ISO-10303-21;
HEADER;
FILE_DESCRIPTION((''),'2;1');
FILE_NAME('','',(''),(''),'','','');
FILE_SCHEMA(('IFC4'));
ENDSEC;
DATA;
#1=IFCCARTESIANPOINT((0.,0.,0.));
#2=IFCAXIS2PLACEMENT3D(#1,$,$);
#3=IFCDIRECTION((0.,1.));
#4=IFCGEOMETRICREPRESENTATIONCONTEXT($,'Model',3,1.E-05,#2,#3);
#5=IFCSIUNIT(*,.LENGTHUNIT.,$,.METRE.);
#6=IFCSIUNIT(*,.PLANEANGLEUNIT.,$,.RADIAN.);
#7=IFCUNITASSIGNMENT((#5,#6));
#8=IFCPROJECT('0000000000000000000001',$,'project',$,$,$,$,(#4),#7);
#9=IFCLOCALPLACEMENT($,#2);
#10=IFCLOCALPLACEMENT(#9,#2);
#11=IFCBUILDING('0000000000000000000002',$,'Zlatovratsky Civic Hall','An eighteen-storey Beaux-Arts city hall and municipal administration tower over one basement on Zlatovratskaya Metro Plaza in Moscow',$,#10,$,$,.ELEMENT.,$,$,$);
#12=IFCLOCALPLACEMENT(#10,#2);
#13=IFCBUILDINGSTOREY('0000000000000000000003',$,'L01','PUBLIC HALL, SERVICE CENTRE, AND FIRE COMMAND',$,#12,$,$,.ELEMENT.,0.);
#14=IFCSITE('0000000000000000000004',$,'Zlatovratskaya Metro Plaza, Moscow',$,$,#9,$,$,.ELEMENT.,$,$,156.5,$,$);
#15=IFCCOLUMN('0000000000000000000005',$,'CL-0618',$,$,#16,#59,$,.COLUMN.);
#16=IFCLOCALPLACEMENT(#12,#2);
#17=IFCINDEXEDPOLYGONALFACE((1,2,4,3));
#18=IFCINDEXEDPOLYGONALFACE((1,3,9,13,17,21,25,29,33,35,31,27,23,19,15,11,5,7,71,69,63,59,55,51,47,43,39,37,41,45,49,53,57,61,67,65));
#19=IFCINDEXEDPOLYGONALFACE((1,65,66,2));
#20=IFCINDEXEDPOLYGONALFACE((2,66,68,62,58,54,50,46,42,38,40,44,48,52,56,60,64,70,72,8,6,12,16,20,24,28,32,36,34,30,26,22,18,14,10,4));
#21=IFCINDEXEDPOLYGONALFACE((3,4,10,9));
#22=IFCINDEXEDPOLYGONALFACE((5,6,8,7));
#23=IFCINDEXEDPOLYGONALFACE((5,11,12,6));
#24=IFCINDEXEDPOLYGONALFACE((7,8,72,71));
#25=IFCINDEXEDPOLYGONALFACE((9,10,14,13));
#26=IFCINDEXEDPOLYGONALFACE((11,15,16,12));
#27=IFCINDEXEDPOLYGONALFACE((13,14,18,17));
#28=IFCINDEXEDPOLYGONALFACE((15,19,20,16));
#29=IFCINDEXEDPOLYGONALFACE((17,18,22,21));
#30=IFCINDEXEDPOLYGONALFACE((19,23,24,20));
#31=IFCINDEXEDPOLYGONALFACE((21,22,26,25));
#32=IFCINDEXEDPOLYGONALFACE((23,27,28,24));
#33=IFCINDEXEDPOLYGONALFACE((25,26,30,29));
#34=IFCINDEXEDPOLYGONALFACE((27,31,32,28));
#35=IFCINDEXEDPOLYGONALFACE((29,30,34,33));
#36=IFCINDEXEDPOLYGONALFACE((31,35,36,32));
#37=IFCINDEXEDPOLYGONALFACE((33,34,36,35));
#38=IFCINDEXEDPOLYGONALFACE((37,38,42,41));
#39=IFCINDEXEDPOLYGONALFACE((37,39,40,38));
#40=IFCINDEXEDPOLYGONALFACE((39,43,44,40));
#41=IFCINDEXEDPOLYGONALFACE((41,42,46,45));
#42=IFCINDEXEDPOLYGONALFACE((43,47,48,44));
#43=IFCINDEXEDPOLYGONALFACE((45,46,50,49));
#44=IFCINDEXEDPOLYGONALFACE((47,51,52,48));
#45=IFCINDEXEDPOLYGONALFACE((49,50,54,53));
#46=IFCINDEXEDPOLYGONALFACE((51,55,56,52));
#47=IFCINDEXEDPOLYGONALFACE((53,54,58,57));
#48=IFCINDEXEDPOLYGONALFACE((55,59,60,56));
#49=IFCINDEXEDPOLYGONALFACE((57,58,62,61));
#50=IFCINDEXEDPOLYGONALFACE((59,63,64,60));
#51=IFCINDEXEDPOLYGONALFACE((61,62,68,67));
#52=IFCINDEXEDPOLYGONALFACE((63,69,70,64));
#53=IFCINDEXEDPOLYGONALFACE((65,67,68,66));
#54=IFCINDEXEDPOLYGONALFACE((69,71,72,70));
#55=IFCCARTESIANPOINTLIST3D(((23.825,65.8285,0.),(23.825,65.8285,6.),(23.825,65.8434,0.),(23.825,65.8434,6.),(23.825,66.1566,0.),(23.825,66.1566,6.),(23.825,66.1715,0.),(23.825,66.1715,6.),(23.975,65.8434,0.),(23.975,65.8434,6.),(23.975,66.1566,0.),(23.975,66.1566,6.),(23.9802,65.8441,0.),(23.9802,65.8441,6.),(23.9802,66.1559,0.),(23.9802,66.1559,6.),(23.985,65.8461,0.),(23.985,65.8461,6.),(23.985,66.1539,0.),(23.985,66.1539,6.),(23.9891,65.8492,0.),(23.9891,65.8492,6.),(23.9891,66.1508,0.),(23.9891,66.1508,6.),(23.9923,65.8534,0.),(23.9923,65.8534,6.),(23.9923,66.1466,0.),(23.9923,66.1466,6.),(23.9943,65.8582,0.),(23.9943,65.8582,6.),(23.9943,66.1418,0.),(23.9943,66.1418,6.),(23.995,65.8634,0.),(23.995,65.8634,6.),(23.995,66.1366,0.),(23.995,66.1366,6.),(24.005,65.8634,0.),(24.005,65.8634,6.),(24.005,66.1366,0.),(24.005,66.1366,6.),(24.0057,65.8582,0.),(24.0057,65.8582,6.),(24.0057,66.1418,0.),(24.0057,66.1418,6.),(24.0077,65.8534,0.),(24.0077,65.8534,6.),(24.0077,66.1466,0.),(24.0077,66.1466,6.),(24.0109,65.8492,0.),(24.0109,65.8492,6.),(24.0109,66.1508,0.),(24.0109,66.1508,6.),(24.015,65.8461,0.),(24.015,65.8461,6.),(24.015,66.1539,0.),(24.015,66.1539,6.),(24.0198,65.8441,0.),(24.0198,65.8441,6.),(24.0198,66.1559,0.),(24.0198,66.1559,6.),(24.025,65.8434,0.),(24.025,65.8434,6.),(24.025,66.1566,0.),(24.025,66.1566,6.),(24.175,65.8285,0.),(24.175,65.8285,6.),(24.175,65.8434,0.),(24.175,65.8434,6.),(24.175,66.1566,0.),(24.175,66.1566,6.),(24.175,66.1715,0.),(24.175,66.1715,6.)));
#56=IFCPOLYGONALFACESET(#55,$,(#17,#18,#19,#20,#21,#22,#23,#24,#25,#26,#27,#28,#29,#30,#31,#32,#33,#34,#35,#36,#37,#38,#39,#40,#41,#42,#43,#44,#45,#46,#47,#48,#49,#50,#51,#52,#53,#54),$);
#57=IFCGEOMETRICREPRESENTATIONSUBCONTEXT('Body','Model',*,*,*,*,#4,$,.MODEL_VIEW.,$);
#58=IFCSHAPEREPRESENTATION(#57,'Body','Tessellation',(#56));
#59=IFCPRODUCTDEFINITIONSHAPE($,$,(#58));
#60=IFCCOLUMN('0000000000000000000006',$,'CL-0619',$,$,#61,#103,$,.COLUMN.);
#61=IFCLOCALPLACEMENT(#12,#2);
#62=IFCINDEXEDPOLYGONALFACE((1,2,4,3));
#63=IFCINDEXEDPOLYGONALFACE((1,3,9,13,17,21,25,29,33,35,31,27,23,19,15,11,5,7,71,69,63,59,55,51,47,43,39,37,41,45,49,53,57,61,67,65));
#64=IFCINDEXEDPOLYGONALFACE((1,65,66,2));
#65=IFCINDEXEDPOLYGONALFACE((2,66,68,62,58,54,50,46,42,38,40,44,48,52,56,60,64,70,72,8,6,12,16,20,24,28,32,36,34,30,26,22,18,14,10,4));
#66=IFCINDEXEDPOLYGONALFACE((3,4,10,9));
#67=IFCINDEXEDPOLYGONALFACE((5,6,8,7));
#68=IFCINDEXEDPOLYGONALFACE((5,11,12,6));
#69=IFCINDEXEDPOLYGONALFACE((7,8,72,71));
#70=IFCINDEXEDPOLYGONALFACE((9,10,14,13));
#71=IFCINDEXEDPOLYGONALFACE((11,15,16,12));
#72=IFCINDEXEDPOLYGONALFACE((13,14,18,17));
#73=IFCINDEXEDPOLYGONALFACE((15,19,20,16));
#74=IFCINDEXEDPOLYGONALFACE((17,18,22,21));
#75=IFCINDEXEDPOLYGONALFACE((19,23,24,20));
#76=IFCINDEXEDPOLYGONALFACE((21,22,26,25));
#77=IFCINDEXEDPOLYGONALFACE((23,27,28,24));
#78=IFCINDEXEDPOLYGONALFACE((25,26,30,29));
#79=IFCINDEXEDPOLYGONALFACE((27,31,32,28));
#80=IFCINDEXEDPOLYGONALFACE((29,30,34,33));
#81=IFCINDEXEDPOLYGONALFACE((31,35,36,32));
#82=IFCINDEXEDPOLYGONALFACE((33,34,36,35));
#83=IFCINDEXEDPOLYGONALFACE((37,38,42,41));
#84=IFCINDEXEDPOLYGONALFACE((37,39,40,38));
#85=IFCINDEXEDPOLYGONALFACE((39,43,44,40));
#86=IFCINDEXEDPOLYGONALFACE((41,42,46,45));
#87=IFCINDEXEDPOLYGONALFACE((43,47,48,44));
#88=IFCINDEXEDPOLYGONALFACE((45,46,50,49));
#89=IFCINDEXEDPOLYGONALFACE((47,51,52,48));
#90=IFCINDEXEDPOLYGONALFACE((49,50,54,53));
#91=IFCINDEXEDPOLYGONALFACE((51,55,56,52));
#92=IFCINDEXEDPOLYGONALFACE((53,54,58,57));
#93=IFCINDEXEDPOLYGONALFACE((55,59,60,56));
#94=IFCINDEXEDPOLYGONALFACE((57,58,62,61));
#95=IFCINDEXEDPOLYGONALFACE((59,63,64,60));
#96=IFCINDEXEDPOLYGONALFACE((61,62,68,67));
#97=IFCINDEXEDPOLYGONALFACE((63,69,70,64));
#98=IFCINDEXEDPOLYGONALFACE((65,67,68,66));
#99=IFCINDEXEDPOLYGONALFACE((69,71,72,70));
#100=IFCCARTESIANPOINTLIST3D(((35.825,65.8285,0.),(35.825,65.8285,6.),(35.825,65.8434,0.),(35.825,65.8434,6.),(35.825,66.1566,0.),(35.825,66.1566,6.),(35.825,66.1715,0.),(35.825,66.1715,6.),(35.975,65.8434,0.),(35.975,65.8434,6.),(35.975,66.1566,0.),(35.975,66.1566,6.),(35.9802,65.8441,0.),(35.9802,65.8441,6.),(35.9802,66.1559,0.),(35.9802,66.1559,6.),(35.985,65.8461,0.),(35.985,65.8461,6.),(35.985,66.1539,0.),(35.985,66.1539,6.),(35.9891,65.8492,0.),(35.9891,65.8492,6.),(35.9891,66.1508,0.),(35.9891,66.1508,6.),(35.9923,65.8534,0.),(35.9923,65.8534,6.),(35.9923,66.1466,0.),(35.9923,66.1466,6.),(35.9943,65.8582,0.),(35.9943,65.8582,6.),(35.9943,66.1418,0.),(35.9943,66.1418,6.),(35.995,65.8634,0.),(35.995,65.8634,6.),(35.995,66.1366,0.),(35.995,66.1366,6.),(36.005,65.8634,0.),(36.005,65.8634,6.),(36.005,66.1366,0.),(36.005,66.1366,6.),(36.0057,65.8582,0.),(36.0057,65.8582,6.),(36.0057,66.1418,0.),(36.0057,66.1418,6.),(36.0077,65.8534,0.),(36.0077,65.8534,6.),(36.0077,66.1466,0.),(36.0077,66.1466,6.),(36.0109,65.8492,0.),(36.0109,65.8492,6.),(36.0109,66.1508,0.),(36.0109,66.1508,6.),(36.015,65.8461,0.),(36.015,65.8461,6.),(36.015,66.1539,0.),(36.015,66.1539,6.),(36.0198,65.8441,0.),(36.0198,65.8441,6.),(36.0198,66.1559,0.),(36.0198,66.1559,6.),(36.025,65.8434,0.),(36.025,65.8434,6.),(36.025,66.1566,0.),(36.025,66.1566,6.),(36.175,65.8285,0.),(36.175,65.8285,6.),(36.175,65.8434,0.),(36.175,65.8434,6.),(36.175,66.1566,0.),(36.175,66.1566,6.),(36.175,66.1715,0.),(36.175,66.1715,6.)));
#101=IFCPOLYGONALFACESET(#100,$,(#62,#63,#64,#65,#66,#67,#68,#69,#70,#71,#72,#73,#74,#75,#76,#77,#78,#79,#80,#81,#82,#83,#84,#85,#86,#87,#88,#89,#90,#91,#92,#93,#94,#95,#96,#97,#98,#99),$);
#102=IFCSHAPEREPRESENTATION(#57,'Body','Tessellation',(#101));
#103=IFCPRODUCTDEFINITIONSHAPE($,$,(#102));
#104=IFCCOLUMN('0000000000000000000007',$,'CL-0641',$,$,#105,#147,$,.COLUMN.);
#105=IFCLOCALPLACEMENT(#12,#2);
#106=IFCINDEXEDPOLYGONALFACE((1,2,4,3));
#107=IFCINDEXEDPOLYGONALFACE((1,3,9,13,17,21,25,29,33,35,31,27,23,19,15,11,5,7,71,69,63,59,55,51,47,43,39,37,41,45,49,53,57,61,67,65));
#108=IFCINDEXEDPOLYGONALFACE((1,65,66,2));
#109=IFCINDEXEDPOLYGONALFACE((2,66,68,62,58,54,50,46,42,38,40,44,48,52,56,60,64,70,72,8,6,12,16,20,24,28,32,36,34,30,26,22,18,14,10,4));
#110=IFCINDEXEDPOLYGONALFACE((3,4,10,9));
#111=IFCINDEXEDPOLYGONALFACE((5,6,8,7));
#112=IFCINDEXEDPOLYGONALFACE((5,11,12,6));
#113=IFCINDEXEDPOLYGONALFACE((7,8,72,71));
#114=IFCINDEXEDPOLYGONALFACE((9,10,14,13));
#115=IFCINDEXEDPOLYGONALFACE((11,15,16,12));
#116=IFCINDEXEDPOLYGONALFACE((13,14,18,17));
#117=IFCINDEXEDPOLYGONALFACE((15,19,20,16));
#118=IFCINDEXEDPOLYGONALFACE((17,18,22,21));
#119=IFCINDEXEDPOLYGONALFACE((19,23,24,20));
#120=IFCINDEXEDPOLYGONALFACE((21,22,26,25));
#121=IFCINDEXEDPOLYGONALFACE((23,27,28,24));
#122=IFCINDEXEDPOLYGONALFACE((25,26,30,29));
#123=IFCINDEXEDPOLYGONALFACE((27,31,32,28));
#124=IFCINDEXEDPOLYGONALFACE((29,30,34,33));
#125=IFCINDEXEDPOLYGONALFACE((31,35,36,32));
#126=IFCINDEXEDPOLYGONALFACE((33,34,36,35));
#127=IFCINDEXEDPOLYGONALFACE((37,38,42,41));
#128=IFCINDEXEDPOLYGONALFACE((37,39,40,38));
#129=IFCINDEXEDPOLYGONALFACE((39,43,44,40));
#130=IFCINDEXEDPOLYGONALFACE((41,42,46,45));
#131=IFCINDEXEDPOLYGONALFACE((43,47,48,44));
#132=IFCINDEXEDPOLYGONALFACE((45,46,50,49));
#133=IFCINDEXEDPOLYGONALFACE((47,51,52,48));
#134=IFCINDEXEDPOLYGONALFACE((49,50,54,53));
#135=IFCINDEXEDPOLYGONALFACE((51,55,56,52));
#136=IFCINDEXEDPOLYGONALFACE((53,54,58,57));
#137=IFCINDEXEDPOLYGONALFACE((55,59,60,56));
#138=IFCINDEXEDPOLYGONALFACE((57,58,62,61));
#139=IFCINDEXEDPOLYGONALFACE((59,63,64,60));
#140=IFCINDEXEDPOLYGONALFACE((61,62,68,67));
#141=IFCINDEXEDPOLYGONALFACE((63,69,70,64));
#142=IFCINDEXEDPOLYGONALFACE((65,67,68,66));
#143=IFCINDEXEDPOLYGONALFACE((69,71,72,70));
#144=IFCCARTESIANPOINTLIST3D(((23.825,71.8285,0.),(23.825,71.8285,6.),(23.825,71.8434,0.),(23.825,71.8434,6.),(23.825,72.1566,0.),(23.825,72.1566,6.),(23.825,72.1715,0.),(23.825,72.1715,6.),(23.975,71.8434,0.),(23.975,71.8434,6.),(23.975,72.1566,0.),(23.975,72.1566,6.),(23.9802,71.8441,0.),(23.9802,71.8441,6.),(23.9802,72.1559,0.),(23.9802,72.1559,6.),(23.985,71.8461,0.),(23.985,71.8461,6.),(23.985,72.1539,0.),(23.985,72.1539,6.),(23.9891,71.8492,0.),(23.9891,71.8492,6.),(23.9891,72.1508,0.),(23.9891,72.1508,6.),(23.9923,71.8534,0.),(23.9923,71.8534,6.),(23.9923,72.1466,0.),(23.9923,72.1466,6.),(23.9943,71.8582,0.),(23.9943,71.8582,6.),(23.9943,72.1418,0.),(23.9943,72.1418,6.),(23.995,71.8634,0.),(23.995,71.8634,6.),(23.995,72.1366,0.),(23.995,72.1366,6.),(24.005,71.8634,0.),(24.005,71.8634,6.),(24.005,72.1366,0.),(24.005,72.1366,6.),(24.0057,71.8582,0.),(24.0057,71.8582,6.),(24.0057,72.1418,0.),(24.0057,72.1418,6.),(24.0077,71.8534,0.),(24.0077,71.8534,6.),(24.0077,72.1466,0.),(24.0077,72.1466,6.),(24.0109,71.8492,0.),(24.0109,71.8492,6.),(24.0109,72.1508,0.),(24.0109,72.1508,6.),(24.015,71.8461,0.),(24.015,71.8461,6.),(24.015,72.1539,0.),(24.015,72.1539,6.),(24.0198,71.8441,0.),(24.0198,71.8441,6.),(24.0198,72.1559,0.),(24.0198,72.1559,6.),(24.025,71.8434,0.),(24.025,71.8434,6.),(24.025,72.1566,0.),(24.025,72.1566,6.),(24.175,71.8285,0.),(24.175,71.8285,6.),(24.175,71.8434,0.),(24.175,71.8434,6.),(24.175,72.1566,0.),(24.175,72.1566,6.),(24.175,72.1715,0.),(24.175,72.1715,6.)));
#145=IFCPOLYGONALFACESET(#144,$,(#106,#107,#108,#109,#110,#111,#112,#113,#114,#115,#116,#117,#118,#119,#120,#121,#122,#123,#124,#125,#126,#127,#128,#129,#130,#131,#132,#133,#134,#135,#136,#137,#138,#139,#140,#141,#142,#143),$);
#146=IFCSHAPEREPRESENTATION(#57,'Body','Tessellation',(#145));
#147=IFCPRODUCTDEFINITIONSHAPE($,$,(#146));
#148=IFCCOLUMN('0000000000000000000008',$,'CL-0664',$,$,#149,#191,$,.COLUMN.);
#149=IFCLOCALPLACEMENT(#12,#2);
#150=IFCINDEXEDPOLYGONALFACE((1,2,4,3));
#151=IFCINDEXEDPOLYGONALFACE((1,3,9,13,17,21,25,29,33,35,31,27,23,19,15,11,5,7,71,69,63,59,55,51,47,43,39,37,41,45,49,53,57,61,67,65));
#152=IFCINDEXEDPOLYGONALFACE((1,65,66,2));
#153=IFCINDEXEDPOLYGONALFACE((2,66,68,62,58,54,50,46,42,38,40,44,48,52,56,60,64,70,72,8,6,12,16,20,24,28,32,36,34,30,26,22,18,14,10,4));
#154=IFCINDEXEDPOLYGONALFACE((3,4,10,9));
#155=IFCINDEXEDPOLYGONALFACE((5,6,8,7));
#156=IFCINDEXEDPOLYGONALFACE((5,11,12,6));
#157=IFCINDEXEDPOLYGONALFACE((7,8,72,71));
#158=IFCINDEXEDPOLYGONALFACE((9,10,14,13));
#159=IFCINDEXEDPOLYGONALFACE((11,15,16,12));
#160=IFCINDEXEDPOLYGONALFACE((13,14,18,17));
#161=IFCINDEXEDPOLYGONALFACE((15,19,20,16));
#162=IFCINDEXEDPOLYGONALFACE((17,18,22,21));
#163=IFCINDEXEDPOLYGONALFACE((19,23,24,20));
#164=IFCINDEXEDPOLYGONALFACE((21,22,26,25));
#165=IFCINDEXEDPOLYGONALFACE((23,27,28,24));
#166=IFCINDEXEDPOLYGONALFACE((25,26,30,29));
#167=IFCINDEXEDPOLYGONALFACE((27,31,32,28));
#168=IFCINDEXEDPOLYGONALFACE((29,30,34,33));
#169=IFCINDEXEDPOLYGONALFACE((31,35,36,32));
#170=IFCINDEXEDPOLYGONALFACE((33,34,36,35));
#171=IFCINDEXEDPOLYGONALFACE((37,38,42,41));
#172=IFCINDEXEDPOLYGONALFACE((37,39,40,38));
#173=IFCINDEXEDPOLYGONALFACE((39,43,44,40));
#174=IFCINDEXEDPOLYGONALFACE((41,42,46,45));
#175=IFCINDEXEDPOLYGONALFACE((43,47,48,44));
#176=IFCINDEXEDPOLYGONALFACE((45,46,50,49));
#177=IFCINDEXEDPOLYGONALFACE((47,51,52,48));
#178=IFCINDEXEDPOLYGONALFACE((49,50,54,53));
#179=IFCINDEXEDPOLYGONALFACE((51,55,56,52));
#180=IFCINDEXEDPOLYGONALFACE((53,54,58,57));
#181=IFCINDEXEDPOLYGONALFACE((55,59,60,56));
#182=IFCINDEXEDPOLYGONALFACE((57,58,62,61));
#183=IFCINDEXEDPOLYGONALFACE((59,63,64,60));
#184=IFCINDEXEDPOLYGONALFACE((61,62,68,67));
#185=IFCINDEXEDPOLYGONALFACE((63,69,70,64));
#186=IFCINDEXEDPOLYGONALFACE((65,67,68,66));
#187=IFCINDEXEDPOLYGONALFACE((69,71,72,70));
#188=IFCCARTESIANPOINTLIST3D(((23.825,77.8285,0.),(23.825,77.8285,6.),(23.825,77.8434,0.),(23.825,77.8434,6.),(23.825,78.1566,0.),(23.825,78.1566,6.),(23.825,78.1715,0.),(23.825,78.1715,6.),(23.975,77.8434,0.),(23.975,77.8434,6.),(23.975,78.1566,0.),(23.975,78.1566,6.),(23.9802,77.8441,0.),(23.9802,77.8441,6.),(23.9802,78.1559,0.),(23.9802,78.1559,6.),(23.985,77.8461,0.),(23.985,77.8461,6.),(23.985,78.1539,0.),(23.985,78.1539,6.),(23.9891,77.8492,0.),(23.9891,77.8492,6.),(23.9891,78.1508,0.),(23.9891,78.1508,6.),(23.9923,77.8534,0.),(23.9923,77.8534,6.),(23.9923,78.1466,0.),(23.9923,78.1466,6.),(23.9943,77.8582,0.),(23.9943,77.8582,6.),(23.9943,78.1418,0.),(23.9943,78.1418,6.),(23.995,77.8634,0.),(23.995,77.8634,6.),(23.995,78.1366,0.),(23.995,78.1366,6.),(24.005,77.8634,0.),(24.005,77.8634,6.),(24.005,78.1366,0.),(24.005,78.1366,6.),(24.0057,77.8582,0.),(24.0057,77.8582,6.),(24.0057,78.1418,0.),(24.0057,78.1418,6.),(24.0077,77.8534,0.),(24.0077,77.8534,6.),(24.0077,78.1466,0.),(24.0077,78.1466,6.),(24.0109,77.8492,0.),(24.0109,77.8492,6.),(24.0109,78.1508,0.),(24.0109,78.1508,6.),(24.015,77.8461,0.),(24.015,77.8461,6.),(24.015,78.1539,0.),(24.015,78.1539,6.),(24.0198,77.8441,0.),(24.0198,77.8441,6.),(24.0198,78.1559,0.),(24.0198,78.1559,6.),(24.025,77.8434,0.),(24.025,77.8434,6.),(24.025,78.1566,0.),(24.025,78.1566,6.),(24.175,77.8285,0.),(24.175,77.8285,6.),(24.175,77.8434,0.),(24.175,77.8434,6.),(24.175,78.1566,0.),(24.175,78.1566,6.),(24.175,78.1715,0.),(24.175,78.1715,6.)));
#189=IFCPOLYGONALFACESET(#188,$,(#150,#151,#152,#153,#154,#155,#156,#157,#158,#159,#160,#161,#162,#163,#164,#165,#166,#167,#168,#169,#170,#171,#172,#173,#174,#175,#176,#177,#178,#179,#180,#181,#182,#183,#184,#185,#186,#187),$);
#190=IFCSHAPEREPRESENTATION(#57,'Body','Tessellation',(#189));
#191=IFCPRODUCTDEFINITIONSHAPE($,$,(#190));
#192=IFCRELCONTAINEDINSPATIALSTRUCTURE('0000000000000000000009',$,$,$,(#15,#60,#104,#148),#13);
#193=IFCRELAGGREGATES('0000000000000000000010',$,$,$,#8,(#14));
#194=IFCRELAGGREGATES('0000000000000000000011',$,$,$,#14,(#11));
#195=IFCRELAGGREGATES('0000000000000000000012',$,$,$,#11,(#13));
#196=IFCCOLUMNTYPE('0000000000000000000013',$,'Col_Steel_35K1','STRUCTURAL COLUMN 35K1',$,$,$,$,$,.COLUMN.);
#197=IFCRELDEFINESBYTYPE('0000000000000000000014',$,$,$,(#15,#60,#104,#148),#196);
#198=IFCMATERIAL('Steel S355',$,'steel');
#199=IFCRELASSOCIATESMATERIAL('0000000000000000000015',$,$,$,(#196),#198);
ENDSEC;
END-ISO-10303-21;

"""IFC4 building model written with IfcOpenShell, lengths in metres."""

from ifc_helpers import new_model, si_unit, direction, frame, origin, origin_2d, place, context, subcontext, project, spatial, i_section, extrude, material, material_profile, profile_set, type_object, element, save


model = new_model("IFC4")

# Units and contexts
model_context = context("Model", 3, precision=1e-05, world=origin(), true_north=direction((0.0, 1.0)))
body_context = subcontext(model_context, "Body", "Model", "MODEL_VIEW")
ifc_project = project(units=[si_unit("LENGTHUNIT", "METRE"), si_unit("PLANEANGLEUNIT", "RADIAN")], contexts=[model_context])

# Site, building, storey
site_placement = place(None, origin())
site = spatial("IfcSite", under=ifc_project, at=site_placement, Name="Zlatovratskaya Metro Plaza, Moscow", CompositionType="ELEMENT", RefElevation=156.5)
building_placement = place(site_placement, origin())
building = spatial("IfcBuilding", under=site, at=building_placement, Name="Zlatovratsky Civic Hall", Description="An eighteen-storey Beaux-Arts city hall and municipal administration tower over one basement on Zlatovratskaya Metro Plaza in Moscow", CompositionType="ELEMENT")
storey_placement = place(building_placement, origin())
storey = spatial("IfcBuildingStorey", under=building, at=storey_placement, Name="L01", Description="PUBLIC HALL, SERVICE CENTRE, AND FIRE COMMAND", CompositionType="ELEMENT", Elevation=0.0)

# Columns
ifc_material_1 = material(Name="Steel S355", Category="steel")
ifc_material_profile_1 = material_profile(ifc_material_1, i_section(OverallWidth=0.3501, OverallDepth=0.343, WebThickness=0.01, FlangeThickness=0.0149, FilletRadius=0.02, at=origin_2d()), Name="35K1")
ifc_profile_set_1 = profile_set([ifc_material_profile_1], Name="Steel S355")
column_type = type_object("IfcColumnType", Name="Col_Steel_35K1", Description="STRUCTURAL COLUMN 35K1", PredefinedType="COLUMN", material=ifc_profile_set_1)
for number, where, z_axis, x_axis, name in (
    (1, (24.0, 66.0, 0.0), (0.0, 0.0, 1.0), (1.0, 0.0, 0.0), "CL-0618"),
    (2, (36.0, 66.0, 0.0), (0.0, 0.0, 1.0), (1.0, 0.0, 0.0), "CL-0619"),
    (3, (24.0, 72.0, 0.0), (0.0, 0.0, 1.0), (1.0, 0.0, 0.0), "CL-0641"),
    (4, (24.0, 78.0, 0.0), (0.0, 0.0, 1.0), (1.0, 0.0, 0.0), "CL-0664"),
):
    element("IfcColumn", number, at=place(storey_placement, frame(where, z_axis=z_axis, x_axis=x_axis)), inside=storey, type_object=column_type, Name=name, PredefinedType="COLUMN", context=body_context, shape_type="SweptSolid", body=[
        extrude(i_section(OverallWidth=0.3501, OverallDepth=0.343, WebThickness=0.01, FlangeThickness=0.0149, FilletRadius=0.02, at=origin_2d()), origin(), (0.0, 0.0, 1.0), 6.0),
    ])

save(model, "model.ifc")
